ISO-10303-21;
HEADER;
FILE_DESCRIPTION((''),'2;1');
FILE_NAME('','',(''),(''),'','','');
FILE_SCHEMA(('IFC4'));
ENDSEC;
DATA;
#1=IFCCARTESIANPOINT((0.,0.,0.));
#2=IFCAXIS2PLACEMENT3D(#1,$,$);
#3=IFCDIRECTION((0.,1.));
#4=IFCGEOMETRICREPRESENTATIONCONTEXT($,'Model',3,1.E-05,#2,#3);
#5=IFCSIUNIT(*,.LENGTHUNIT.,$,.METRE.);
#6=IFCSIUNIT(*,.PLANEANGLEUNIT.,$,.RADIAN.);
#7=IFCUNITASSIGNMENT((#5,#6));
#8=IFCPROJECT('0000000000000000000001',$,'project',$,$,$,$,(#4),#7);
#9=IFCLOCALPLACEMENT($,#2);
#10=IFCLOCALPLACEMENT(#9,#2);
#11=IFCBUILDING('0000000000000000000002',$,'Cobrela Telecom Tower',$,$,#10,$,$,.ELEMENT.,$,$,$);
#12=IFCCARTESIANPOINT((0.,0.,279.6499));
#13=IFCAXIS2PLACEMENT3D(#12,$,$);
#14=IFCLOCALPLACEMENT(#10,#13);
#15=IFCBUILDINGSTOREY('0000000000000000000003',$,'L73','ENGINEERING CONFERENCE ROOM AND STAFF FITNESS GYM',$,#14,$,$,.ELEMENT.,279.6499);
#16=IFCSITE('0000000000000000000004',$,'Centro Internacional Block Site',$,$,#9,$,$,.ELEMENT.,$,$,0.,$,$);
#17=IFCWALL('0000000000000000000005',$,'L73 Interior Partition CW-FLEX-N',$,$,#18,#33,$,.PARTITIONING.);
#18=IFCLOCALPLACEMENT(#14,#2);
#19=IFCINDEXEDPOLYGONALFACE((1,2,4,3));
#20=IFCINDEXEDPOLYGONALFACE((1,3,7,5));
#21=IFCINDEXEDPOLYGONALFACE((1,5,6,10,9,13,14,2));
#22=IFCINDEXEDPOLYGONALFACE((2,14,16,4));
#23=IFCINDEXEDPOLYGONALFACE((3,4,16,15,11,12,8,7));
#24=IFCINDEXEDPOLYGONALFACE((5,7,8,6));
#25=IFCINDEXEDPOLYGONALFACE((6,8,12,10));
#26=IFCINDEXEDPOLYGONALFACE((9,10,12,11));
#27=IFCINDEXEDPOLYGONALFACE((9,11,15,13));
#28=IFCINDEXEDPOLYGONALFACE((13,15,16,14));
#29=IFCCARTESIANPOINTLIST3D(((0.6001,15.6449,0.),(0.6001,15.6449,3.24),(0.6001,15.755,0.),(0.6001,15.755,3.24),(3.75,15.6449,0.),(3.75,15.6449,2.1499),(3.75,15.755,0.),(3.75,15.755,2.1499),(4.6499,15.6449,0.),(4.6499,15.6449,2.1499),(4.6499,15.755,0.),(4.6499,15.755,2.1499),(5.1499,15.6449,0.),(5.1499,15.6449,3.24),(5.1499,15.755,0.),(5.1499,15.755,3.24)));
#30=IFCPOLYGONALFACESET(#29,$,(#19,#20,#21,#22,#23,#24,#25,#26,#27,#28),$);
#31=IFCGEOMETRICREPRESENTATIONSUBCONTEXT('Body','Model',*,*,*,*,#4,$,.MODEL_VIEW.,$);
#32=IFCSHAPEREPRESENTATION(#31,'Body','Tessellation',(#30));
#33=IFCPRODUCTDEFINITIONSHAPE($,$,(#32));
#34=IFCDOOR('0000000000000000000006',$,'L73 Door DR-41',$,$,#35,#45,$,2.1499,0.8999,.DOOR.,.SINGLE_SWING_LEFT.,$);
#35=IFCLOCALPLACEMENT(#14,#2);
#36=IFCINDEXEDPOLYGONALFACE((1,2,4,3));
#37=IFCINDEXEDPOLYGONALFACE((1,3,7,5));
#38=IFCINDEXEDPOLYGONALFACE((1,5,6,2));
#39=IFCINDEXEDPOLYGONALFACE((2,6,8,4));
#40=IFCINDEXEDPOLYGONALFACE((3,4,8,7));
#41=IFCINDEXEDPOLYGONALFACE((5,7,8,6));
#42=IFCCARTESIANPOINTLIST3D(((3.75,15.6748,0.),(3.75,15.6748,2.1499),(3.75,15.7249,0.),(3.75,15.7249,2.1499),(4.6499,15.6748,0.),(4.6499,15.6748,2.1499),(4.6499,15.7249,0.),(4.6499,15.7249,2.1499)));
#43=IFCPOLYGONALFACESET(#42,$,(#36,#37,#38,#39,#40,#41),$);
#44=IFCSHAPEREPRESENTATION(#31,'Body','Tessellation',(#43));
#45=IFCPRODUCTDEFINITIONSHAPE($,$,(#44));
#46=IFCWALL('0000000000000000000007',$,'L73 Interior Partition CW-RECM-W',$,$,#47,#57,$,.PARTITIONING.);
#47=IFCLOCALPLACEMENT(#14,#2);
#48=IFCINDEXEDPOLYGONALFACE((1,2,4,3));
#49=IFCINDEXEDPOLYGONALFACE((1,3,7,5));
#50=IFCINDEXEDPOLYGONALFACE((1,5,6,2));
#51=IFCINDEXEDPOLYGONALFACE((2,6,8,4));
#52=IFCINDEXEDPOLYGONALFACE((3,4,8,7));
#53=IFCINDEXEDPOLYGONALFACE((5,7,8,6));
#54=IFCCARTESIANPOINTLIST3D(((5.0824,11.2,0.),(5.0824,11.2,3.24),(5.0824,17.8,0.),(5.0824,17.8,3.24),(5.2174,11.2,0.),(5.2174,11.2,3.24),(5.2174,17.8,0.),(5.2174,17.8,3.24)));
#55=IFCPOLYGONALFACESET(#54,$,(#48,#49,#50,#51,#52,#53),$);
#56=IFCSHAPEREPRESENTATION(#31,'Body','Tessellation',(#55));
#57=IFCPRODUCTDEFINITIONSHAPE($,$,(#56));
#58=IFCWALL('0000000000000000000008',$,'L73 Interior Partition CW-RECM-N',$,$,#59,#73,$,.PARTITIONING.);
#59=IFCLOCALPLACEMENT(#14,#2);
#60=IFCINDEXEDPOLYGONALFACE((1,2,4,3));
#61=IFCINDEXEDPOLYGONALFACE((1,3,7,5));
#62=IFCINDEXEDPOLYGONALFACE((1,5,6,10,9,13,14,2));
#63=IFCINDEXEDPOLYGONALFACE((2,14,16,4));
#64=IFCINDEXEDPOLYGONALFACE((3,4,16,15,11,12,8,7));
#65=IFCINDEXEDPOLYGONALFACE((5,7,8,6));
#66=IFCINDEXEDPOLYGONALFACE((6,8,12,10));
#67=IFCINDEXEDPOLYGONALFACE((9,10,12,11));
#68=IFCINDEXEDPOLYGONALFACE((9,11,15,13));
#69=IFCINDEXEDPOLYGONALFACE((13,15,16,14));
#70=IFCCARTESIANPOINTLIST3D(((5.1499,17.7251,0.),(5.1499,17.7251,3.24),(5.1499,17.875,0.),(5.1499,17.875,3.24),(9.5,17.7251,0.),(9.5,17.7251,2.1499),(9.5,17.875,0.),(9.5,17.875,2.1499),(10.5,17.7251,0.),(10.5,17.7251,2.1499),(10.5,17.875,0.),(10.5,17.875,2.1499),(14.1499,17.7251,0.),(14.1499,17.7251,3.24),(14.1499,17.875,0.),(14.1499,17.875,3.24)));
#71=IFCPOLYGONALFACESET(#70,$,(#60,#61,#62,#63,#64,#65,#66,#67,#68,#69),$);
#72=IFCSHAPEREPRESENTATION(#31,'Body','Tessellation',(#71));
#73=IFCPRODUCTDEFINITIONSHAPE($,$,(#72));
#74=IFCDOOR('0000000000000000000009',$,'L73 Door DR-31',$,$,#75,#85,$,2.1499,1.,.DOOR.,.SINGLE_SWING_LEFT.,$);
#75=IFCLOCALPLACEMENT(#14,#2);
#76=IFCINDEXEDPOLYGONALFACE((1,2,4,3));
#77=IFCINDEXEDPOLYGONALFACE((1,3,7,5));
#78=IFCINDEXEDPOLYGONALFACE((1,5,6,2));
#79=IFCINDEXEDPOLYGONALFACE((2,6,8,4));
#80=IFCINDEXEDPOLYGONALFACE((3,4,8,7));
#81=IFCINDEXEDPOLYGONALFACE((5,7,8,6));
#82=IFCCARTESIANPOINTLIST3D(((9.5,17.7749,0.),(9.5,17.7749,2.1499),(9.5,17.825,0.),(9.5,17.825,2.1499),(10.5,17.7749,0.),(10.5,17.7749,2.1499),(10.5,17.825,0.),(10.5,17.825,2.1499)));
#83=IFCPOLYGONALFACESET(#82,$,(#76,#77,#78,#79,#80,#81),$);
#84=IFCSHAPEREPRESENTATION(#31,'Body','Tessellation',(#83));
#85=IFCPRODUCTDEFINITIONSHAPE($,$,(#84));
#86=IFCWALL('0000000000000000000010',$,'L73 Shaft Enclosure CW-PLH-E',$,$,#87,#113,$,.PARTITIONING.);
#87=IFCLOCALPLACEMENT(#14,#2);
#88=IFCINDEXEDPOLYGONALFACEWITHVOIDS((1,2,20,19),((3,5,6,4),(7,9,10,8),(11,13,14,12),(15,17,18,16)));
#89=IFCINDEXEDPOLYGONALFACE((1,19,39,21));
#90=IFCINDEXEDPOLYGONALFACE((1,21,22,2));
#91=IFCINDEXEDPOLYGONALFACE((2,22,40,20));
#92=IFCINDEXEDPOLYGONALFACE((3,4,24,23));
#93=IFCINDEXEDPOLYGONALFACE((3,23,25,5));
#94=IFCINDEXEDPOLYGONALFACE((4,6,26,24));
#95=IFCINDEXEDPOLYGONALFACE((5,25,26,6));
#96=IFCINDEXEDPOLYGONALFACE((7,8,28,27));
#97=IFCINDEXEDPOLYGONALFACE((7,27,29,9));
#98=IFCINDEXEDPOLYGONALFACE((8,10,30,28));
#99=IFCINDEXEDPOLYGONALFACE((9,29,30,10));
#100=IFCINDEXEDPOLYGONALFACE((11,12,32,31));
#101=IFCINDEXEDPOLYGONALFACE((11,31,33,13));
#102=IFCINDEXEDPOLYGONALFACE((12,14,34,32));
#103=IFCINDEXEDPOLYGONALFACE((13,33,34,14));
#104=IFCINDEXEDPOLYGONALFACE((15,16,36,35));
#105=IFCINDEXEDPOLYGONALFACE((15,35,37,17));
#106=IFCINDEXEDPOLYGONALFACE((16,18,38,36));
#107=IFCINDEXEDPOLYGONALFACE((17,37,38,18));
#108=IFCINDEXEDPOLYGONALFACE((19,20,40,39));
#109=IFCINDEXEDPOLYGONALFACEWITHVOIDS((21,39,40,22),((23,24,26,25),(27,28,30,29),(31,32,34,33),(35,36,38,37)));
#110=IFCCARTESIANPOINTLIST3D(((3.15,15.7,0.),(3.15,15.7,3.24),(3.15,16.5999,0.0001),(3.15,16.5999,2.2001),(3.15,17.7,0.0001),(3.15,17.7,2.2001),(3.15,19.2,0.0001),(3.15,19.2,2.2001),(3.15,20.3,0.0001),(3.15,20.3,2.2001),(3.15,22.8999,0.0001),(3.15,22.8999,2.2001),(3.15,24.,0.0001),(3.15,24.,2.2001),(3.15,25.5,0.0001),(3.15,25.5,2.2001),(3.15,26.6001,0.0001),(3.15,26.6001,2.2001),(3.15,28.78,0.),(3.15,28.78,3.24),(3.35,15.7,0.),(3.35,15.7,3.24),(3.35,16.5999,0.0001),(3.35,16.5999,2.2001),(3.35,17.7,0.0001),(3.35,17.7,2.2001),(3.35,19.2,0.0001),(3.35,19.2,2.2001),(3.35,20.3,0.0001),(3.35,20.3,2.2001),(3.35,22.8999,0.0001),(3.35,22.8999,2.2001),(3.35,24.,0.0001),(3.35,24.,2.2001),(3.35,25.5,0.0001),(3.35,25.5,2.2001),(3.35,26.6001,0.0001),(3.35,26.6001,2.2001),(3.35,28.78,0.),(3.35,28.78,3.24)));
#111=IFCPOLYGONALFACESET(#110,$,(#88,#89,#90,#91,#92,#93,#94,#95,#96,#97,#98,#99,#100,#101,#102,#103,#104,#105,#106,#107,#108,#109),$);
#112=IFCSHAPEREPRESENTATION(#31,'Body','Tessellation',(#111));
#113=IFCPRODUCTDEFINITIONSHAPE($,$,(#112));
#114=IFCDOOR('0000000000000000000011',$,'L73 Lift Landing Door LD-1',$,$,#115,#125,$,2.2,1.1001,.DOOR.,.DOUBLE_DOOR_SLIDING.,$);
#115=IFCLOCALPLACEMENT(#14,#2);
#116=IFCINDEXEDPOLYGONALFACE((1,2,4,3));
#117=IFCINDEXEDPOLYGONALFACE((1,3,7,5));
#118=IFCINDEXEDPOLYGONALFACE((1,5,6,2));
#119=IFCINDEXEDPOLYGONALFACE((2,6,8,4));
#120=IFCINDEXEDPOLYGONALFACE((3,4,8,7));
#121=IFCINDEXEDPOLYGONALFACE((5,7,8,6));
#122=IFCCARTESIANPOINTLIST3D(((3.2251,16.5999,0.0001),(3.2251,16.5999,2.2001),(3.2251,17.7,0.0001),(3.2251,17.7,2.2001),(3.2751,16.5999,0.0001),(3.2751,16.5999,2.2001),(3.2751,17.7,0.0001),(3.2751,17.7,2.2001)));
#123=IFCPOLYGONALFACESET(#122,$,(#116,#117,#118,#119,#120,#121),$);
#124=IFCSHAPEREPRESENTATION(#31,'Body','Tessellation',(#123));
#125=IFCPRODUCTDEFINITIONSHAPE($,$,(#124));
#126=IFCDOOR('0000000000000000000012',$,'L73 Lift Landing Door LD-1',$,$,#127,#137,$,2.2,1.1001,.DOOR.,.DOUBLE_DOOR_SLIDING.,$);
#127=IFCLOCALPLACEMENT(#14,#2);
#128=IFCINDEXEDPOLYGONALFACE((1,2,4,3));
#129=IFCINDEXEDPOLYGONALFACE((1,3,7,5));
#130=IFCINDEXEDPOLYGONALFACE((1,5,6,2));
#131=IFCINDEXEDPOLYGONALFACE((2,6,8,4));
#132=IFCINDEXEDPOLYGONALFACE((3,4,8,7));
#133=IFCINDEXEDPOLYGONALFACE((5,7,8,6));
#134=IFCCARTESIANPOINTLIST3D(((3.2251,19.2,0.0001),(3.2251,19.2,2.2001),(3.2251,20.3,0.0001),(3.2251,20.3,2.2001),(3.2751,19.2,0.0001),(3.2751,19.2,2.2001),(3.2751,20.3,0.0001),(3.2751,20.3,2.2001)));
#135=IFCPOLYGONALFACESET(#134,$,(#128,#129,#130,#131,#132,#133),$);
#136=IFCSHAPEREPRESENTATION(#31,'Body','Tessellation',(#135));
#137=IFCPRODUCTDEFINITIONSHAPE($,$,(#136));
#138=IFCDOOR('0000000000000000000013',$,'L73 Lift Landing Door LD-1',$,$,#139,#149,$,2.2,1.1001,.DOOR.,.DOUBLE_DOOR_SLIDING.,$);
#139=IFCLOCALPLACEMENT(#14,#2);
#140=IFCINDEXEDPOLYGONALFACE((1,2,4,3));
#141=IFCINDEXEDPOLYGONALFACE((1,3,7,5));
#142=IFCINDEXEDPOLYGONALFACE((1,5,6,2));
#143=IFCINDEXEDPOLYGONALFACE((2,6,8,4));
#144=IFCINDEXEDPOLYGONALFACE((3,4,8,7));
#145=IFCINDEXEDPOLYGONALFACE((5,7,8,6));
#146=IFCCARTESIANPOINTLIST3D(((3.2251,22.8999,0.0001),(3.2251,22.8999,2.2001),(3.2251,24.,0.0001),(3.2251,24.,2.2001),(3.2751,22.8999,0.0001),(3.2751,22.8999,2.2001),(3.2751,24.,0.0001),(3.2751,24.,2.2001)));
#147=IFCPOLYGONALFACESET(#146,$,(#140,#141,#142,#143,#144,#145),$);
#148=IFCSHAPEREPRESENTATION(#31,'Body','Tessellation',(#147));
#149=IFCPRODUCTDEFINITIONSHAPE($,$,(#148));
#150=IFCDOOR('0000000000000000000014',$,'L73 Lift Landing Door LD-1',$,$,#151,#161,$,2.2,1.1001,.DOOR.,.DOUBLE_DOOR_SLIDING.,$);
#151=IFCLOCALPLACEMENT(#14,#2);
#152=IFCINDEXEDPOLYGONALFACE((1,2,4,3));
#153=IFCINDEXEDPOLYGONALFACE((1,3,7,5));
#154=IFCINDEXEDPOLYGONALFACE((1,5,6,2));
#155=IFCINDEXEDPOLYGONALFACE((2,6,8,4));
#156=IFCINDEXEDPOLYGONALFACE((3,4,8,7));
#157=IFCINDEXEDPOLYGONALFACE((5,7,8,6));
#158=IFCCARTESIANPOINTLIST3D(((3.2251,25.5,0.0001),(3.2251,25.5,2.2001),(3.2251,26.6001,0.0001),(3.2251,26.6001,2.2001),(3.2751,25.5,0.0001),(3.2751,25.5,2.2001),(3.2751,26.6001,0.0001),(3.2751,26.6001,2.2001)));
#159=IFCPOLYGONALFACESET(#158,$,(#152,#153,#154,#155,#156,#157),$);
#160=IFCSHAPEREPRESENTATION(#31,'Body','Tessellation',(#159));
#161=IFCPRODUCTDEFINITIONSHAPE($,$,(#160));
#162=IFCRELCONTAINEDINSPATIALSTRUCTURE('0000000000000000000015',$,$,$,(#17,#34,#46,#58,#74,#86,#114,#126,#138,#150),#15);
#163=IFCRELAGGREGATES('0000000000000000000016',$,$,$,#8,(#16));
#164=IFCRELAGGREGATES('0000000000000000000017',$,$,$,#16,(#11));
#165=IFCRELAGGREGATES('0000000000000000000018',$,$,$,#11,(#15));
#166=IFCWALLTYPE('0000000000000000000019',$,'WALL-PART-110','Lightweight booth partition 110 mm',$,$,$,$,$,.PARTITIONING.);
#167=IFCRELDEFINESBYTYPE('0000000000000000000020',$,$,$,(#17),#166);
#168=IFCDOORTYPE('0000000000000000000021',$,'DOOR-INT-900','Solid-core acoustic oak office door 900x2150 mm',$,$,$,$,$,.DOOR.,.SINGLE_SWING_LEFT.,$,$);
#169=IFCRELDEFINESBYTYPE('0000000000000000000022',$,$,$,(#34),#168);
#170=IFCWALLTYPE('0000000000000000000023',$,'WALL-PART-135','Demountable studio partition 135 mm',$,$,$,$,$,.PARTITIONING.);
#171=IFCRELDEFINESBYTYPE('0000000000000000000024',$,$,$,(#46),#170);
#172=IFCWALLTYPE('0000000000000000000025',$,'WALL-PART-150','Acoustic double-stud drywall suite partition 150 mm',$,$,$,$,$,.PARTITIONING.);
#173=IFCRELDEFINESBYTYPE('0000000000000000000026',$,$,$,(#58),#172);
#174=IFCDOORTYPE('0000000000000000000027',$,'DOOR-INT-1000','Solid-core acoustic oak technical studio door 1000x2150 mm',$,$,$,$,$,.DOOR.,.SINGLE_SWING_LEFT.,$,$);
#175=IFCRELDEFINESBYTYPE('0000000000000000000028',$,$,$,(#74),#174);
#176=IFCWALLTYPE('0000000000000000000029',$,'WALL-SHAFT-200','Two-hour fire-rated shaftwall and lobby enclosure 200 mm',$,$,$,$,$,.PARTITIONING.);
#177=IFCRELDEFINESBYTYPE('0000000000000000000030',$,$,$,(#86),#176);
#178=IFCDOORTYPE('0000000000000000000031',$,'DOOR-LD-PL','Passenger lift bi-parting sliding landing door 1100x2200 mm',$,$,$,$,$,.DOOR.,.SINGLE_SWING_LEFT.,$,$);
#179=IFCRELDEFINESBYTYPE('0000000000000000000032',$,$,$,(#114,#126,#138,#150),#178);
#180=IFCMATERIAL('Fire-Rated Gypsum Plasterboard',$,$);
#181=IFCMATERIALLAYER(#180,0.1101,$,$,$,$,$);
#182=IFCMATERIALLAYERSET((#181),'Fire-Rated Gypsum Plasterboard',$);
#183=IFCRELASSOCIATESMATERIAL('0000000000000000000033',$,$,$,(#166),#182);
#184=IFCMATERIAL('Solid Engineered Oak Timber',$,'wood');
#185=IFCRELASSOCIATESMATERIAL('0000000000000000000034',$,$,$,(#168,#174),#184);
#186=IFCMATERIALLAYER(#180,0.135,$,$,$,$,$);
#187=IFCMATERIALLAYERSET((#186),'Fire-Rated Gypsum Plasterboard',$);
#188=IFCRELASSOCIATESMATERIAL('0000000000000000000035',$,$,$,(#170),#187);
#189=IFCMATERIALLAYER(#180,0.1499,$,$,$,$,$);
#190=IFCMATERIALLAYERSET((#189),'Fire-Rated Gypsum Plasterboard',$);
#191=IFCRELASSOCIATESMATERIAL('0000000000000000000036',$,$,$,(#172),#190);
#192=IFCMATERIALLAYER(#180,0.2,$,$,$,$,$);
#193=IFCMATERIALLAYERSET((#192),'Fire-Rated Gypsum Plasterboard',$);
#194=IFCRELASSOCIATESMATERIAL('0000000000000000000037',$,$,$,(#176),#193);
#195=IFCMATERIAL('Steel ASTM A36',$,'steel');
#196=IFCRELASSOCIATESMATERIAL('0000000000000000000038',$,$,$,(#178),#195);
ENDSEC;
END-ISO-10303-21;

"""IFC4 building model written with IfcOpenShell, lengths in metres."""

from ifc_helpers import new_model, si_unit, direction, frame, frame_2d, origin, place, context, subcontext, project, spatial, rectangle, extrude, material, layer, layer_set, type_object, element, fill, save


model = new_model("IFC4")

# Units and contexts
model_context = context("Model", 3, precision=1e-05, world=origin(), true_north=direction((0.0, 1.0)))
body_context = subcontext(model_context, "Body", "Model", "MODEL_VIEW")
ifc_project = project(units=[si_unit("LENGTHUNIT", "METRE"), si_unit("PLANEANGLEUNIT", "RADIAN")], contexts=[model_context])

# Site, building, storey
site_placement = place(None, origin())
site = spatial("IfcSite", under=ifc_project, at=site_placement, Name="Centro Internacional Block Site", CompositionType="ELEMENT", RefElevation=0.0)
building_placement = place(site_placement, origin())
building = spatial("IfcBuilding", under=site, at=building_placement, Name="Cobrela Telecom Tower", CompositionType="ELEMENT")
storey_placement = place(building_placement, frame((0.0, 0.0, 279.6499)))
storey = spatial("IfcBuildingStorey", under=building, at=storey_placement, Name="L73", Description="ENGINEERING CONFERENCE ROOM AND STAFF FITNESS GYM", CompositionType="ELEMENT", Elevation=279.6499)

# Wall, opening, door
ifc_material_1 = material(Name="Fire-Rated Gypsum Plasterboard")
ifc_layer_1 = layer(ifc_material_1, 0.1101)
ifc_layer_set_1 = layer_set([ifc_layer_1], Name="Fire-Rated Gypsum Plasterboard")
wall_type_1 = type_object("IfcWallType", Name="WALL-PART-110", Description="Lightweight booth partition 110 mm", PredefinedType="PARTITIONING", material=ifc_layer_set_1)
wall_1_placement = place(storey_placement, frame((0.6001, 15.7, 0.0), z_axis=(0.0, 0.0, 1.0), x_axis=(1.0, 0.0, 0.0)))
wall_1 = element("IfcWall", 1, at=wall_1_placement, inside=storey, type_object=wall_type_1, Name="L73 Interior Partition CW-FLEX-N", PredefinedType="PARTITIONING", context=body_context, shape_type="SweptSolid", body=[
    extrude(rectangle(XDim=4.5498, YDim=0.1101, at=frame_2d((2.2749, 0.0))), origin(), (0.0, 0.0, 1.0), 3.24),
])
opening_1_placement = place(wall_1_placement, frame((3.1499, 0.0, 0.0)))
opening_1 = element("IfcOpeningElement", 2, at=opening_1_placement, cuts=wall_1, PredefinedType="OPENING", context=body_context, shape_type="SweptSolid", body=[
    extrude(rectangle(XDim=0.8999, YDim=2.1499, at=frame_2d((0.45, 1.075))), frame((0.0, 0.0669, 0.0), z_axis=(0.0, -1.0, 0.0), x_axis=(1.0, 0.0, 0.0)), (0.0, 0.0, 1.0), 0.134),
])
ifc_material_2 = material(Name="Solid Engineered Oak Timber", Category="wood")
door_type_1 = type_object("IfcDoorType", Name="DOOR-INT-900", Description="Solid-core acoustic oak office door 900x2150 mm", OperationType="SINGLE_SWING_LEFT", PredefinedType="DOOR", material=ifc_material_2)
door_1_placement = place(opening_1_placement, origin())
door_1 = element("IfcDoor", 3, at=door_1_placement, inside=storey, type_object=door_type_1, Name="L73 Door DR-41", OperationType="SINGLE_SWING_LEFT", OverallHeight=2.1499, OverallWidth=0.8999, PredefinedType="DOOR", context=body_context, shape_type="SweptSolid", body=[
    extrude(rectangle(XDim=0.8999, YDim=2.1499, at=frame_2d((0.45, 1.075))), frame((0.0, 0.0249, 0.0), z_axis=(0.0, -1.0, 0.0), x_axis=(1.0, 0.0, 0.0)), (0.0, 0.0, 1.0), 0.05),
])
fill(opening_1, door_1)

# Wall
ifc_layer_2 = layer(ifc_material_1, 0.135)
ifc_layer_set_2 = layer_set([ifc_layer_2], Name="Fire-Rated Gypsum Plasterboard")
wall_type_2 = type_object("IfcWallType", Name="WALL-PART-135", Description="Demountable studio partition 135 mm", PredefinedType="PARTITIONING", material=ifc_layer_set_2)
wall_2_placement = place(storey_placement, frame((5.1499, 11.2, 0.0), z_axis=(0.0, 0.0, 1.0), x_axis=(0.0, 1.0, 0.0)))
element("IfcWall", 4, at=wall_2_placement, inside=storey, type_object=wall_type_2, Name="L73 Interior Partition CW-RECM-W", PredefinedType="PARTITIONING", context=body_context, shape_type="SweptSolid", body=[
    extrude(rectangle(XDim=6.6001, YDim=0.135, at=frame_2d((3.3, 0.0))), origin(), (0.0, 0.0, 1.0), 3.24),
])

# Wall, opening, door
ifc_layer_3 = layer(ifc_material_1, 0.1499)
ifc_layer_set_3 = layer_set([ifc_layer_3], Name="Fire-Rated Gypsum Plasterboard")
wall_type_3 = type_object("IfcWallType", Name="WALL-PART-150", Description="Acoustic double-stud drywall suite partition 150 mm", PredefinedType="PARTITIONING", material=ifc_layer_set_3)
wall_3_placement = place(storey_placement, frame((5.1499, 17.8, 0.0), z_axis=(0.0, 0.0, 1.0), x_axis=(1.0, 0.0, 0.0)))
wall_3 = element("IfcWall", 5, at=wall_3_placement, inside=storey, type_object=wall_type_3, Name="L73 Interior Partition CW-RECM-N", PredefinedType="PARTITIONING", context=body_context, shape_type="SweptSolid", body=[
    extrude(rectangle(XDim=9.0, YDim=0.1499, at=frame_2d((4.5, 0.0))), origin(), (0.0, 0.0, 1.0), 3.24),
])
opening_2_placement = place(wall_3_placement, frame((4.3501, 0.0, 0.0)))
opening_2 = element("IfcOpeningElement", 6, at=opening_2_placement, cuts=wall_3, PredefinedType="OPENING", context=body_context, shape_type="SweptSolid", body=[
    extrude(rectangle(XDim=1.0, YDim=2.1499, at=frame_2d((0.5, 1.075))), frame((0.0, 0.0869, 0.0), z_axis=(0.0, -1.0, 0.0), x_axis=(1.0, 0.0, 0.0)), (0.0, 0.0, 1.0), 0.1738),
])
door_type_2 = type_object("IfcDoorType", Name="DOOR-INT-1000", Description="Solid-core acoustic oak technical studio door 1000x2150 mm", OperationType="SINGLE_SWING_LEFT", PredefinedType="DOOR", material=ifc_material_2)
door_2_placement = place(opening_2_placement, origin())
door_2 = element("IfcDoor", 7, at=door_2_placement, inside=storey, type_object=door_type_2, Name="L73 Door DR-31", OperationType="SINGLE_SWING_LEFT", OverallHeight=2.1499, OverallWidth=1.0, PredefinedType="DOOR", context=body_context, shape_type="SweptSolid", body=[
    extrude(rectangle(XDim=1.0, YDim=2.1499, at=frame_2d((0.5, 1.075))), frame((0.0, 0.0249, 0.0), z_axis=(0.0, -1.0, 0.0), x_axis=(1.0, 0.0, 0.0)), (0.0, 0.0, 1.0), 0.05),
])
fill(opening_2, door_2)

# Wall, openings, doors
ifc_layer_4 = layer(ifc_material_1, 0.2)
ifc_layer_set_4 = layer_set([ifc_layer_4], Name="Fire-Rated Gypsum Plasterboard")
wall_type_4 = type_object("IfcWallType", Name="WALL-SHAFT-200", Description="Two-hour fire-rated shaftwall and lobby enclosure 200 mm", PredefinedType="PARTITIONING", material=ifc_layer_set_4)
wall_4_placement = place(storey_placement, frame((3.25, 15.7, 0.0), z_axis=(0.0, 0.0, 1.0), x_axis=(0.0, 1.0, 0.0)))
wall_4 = element("IfcWall", 8, at=wall_4_placement, inside=storey, type_object=wall_type_4, Name="L73 Shaft Enclosure CW-PLH-E", PredefinedType="PARTITIONING", context=body_context, shape_type="SweptSolid", body=[
    extrude(rectangle(XDim=13.0801, YDim=0.2, at=frame_2d((6.54, 0.0))), origin(), (0.0, 0.0, 1.0), 3.24),
])
opening_3_placement = place(wall_4_placement, frame((0.8999, 0.0, 0.0)))
opening_3 = element("IfcOpeningElement", 9, at=opening_3_placement, cuts=wall_4, PredefinedType="OPENING", context=body_context, shape_type="SweptSolid", body=[
    extrude(rectangle(XDim=1.1001, YDim=2.2, at=frame_2d((0.55, 1.1001))), frame((0.0, 0.1118, 0.0), z_axis=(0.0, -1.0, 0.0), x_axis=(1.0, 0.0, 0.0)), (0.0, 0.0, 1.0), 0.2239),
])
opening_4_placement = place(wall_4_placement, frame((3.5, 0.0, 0.0)))
opening_4 = element("IfcOpeningElement", 10, at=opening_4_placement, cuts=wall_4, PredefinedType="OPENING", context=body_context, shape_type="SweptSolid", body=[
    extrude(rectangle(XDim=1.1001, YDim=2.2, at=frame_2d((0.55, 1.1001))), frame((0.0, 0.1118, 0.0), z_axis=(0.0, -1.0, 0.0), x_axis=(1.0, 0.0, 0.0)), (0.0, 0.0, 1.0), 0.2239),
])
opening_5_placement = place(wall_4_placement, frame((7.2, 0.0, 0.0)))
opening_5 = element("IfcOpeningElement", 11, at=opening_5_placement, cuts=wall_4, PredefinedType="OPENING", context=body_context, shape_type="SweptSolid", body=[
    extrude(rectangle(XDim=1.1001, YDim=2.2, at=frame_2d((0.55, 1.1001))), frame((0.0, 0.1118, 0.0), z_axis=(0.0, -1.0, 0.0), x_axis=(1.0, 0.0, 0.0)), (0.0, 0.0, 1.0), 0.2239),
])
opening_6_placement = place(wall_4_placement, frame((9.8, 0.0, 0.0)))
opening_6 = element("IfcOpeningElement", 12, at=opening_6_placement, cuts=wall_4, PredefinedType="OPENING", context=body_context, shape_type="SweptSolid", body=[
    extrude(rectangle(XDim=1.1001, YDim=2.2, at=frame_2d((0.55, 1.1001))), frame((0.0, 0.1118, 0.0), z_axis=(0.0, -1.0, 0.0), x_axis=(1.0, 0.0, 0.0)), (0.0, 0.0, 1.0), 0.2239),
])
ifc_material_3 = material(Name="Steel ASTM A36", Category="steel")
door_type_3 = type_object("IfcDoorType", Name="DOOR-LD-PL", Description="Passenger lift bi-parting sliding landing door 1100x2200 mm", OperationType="SINGLE_SWING_LEFT", PredefinedType="DOOR", material=ifc_material_3)
door_3_placement = place(opening_3_placement, origin())
door_3 = element("IfcDoor", 13, at=door_3_placement, inside=storey, type_object=door_type_3, Name="L73 Lift Landing Door LD-1", OperationType="DOUBLE_DOOR_SLIDING", OverallHeight=2.2, OverallWidth=1.1001, PredefinedType="DOOR", context=body_context, shape_type="SweptSolid", body=[
    extrude(rectangle(XDim=1.1001, YDim=2.2, at=frame_2d((0.55, 1.1001))), frame((0.0, 0.0249, 0.0), z_axis=(0.0, -1.0, 0.0), x_axis=(1.0, 0.0, 0.0)), (0.0, 0.0, 1.0), 0.05),
])
fill(opening_3, door_3)
door_4_placement = place(opening_4_placement, origin())
door_4 = element("IfcDoor", 14, at=door_4_placement, inside=storey, type_object=door_type_3, Name="L73 Lift Landing Door LD-1", OperationType="DOUBLE_DOOR_SLIDING", OverallHeight=2.2, OverallWidth=1.1001, PredefinedType="DOOR", context=body_context, shape_type="SweptSolid", body=[
    extrude(rectangle(XDim=1.1001, YDim=2.2, at=frame_2d((0.55, 1.1001))), frame((0.0, 0.0249, 0.0), z_axis=(0.0, -1.0, 0.0), x_axis=(1.0, 0.0, 0.0)), (0.0, 0.0, 1.0), 0.05),
])
fill(opening_4, door_4)
door_5_placement = place(opening_5_placement, origin())
door_5 = element("IfcDoor", 15, at=door_5_placement, inside=storey, type_object=door_type_3, Name="L73 Lift Landing Door LD-1", OperationType="DOUBLE_DOOR_SLIDING", OverallHeight=2.2, OverallWidth=1.1001, PredefinedType="DOOR", context=body_context, shape_type="SweptSolid", body=[
    extrude(rectangle(XDim=1.1001, YDim=2.2, at=frame_2d((0.55, 1.1001))), frame((0.0, 0.0249, 0.0), z_axis=(0.0, -1.0, 0.0), x_axis=(1.0, 0.0, 0.0)), (0.0, 0.0, 1.0), 0.05),
])
fill(opening_5, door_5)
door_6_placement = place(opening_6_placement, origin())
door_6 = element("IfcDoor", 16, at=door_6_placement, inside=storey, type_object=door_type_3, Name="L73 Lift Landing Door LD-1", OperationType="DOUBLE_DOOR_SLIDING", OverallHeight=2.2, OverallWidth=1.1001, PredefinedType="DOOR", context=body_context, shape_type="SweptSolid", body=[
    extrude(rectangle(XDim=1.1001, YDim=2.2, at=frame_2d((0.55, 1.1001))), frame((0.0, 0.0249, 0.0), z_axis=(0.0, -1.0, 0.0), x_axis=(1.0, 0.0, 0.0)), (0.0, 0.0, 1.0), 0.05),
])
fill(opening_6, door_6)

save(model, "model.ifc")
